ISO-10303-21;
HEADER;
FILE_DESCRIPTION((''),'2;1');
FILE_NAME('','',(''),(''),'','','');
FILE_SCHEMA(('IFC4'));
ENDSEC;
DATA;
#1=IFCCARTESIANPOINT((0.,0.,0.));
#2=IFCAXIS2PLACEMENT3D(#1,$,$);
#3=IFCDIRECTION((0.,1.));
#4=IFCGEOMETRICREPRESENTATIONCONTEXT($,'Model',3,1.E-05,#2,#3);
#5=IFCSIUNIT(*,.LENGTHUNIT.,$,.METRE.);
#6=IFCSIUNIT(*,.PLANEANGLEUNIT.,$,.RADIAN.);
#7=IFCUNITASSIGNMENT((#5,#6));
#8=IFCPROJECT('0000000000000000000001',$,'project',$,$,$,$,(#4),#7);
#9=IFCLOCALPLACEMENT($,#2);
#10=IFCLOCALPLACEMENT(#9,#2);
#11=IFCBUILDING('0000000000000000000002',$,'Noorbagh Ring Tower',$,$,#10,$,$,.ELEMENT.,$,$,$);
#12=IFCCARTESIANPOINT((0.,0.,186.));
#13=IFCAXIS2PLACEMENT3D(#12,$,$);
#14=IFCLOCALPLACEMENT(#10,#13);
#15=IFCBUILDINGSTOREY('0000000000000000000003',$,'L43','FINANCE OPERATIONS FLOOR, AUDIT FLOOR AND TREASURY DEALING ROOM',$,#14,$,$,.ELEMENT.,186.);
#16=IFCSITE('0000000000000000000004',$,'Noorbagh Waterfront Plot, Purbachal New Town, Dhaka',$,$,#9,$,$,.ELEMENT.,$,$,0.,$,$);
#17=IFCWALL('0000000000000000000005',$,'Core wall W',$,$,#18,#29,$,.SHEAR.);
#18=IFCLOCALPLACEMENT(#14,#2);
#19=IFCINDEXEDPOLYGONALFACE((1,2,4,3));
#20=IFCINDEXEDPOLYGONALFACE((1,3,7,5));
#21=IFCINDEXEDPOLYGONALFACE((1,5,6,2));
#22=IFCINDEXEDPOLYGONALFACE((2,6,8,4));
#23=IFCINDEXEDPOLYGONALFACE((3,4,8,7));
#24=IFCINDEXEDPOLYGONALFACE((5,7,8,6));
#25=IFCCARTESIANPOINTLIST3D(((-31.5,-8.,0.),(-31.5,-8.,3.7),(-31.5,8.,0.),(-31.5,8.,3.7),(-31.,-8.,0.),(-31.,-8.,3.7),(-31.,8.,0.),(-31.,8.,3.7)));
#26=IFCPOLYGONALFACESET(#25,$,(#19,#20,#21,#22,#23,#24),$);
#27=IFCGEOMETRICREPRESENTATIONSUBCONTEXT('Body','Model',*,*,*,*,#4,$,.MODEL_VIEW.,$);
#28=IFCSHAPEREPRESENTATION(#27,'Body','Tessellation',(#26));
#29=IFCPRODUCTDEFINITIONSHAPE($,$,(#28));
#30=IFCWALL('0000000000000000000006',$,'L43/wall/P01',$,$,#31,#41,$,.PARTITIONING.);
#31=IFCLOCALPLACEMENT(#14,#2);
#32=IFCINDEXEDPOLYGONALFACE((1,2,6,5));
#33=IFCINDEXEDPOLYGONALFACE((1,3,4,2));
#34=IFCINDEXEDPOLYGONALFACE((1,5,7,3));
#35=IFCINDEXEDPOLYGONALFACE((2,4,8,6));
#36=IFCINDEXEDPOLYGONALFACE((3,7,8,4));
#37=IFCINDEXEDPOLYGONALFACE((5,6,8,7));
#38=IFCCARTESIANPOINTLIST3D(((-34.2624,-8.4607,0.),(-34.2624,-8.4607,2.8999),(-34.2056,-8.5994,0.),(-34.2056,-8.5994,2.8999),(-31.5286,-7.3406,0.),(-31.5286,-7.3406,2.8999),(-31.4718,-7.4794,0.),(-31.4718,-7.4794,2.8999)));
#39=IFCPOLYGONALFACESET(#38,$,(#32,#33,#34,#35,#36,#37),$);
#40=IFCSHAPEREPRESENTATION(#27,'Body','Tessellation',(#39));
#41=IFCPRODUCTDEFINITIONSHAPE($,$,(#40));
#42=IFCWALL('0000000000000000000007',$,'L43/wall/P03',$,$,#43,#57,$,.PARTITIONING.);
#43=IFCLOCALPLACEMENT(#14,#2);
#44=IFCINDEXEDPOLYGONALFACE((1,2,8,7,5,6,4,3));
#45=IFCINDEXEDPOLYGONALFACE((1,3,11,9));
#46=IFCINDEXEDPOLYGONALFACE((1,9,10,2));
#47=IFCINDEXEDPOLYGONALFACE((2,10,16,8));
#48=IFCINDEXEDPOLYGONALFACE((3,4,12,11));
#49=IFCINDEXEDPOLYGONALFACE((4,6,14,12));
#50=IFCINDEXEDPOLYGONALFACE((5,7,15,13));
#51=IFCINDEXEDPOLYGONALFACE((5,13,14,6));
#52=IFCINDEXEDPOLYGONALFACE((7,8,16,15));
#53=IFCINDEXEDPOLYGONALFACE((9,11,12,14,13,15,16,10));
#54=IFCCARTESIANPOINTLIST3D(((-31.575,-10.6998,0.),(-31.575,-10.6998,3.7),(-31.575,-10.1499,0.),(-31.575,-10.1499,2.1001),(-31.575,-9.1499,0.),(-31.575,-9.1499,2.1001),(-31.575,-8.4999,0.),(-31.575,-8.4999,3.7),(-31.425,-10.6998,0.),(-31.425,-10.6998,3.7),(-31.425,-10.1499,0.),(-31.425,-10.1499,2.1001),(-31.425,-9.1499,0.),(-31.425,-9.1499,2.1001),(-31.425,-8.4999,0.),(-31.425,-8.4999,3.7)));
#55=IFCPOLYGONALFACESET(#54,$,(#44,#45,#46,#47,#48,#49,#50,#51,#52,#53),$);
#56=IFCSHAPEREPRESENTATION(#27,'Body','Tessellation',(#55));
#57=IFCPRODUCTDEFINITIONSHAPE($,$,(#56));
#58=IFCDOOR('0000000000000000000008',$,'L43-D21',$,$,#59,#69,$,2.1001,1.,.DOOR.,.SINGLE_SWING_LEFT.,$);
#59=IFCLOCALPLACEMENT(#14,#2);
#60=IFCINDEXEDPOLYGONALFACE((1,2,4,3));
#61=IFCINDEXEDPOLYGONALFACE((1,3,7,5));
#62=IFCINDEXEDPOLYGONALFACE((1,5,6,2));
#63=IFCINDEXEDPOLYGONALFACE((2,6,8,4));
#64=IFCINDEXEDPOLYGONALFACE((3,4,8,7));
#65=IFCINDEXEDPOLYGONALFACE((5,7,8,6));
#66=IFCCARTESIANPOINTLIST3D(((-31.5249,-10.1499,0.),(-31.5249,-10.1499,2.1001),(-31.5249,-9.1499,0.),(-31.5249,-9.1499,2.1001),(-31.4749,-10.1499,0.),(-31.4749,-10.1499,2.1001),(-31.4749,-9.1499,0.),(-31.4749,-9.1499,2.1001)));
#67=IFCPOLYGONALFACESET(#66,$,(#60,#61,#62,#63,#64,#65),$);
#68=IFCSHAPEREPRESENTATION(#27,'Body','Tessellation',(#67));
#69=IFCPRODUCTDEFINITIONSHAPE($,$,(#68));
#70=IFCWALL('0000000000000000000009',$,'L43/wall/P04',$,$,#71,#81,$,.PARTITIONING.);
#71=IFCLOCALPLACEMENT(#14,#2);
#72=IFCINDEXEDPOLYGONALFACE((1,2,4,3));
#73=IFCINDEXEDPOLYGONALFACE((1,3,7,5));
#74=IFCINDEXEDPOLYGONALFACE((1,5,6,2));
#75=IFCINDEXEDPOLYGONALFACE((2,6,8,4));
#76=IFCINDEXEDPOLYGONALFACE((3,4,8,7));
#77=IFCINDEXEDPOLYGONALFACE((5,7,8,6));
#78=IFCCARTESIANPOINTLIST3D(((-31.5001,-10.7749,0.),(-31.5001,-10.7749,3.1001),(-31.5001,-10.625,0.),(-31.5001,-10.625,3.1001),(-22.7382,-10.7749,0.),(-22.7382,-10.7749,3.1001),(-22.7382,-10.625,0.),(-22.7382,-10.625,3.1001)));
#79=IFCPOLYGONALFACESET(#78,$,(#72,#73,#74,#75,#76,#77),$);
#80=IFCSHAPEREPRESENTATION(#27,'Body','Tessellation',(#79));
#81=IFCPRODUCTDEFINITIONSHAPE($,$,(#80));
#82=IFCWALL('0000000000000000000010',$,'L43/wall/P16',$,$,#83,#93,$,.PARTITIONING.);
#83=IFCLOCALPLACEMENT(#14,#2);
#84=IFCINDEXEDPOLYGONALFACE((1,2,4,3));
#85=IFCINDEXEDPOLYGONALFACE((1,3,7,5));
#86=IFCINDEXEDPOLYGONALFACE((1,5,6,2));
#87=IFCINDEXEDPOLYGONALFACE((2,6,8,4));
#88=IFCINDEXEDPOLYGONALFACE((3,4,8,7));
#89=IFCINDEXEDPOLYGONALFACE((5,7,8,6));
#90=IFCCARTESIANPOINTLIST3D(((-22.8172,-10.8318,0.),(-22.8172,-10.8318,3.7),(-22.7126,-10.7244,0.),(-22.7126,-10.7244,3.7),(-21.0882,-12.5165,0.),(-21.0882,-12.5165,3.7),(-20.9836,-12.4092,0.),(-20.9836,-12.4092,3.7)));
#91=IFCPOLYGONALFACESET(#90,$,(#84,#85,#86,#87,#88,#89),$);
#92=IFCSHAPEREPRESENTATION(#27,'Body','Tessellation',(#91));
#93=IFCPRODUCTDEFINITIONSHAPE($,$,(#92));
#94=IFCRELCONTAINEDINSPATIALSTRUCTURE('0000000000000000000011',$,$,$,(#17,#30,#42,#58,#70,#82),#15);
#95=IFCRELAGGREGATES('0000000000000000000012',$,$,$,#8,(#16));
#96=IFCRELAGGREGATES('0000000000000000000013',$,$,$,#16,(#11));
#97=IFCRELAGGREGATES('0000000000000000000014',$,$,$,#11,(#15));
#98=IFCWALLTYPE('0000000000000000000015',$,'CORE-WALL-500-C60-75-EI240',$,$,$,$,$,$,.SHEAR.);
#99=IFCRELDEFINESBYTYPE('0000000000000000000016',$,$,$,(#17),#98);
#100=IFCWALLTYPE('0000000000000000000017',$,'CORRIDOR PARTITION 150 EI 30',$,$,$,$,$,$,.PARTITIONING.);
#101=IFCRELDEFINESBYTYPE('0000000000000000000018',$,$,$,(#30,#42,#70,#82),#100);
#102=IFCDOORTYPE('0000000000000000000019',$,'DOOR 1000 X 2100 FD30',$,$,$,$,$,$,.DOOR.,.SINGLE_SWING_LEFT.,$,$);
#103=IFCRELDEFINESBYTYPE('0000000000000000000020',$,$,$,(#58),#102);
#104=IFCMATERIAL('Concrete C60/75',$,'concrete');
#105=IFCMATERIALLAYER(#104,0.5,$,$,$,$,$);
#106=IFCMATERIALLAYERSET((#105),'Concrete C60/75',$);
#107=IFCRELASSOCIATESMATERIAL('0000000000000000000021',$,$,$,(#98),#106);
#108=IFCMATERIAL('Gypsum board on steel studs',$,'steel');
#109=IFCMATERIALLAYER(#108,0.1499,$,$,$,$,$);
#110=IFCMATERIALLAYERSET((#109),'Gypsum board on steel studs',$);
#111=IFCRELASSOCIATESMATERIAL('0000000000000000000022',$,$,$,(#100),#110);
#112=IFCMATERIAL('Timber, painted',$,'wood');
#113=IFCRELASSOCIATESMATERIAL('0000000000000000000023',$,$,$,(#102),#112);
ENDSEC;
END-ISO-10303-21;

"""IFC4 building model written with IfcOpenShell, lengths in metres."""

from ifc_helpers import new_model, si_unit, direction, frame, frame_2d, origin, place, context, subcontext, project, spatial, rectangle, extrude, material, layer, layer_set, type_object, element, fill, save


model = new_model("IFC4")

# Units and contexts
model_context = context("Model", 3, precision=1e-05, world=origin(), true_north=direction((0.0, 1.0)))
body_context = subcontext(model_context, "Body", "Model", "MODEL_VIEW")
ifc_project = project(units=[si_unit("LENGTHUNIT", "METRE"), si_unit("PLANEANGLEUNIT", "RADIAN")], contexts=[model_context])

# Site, building, storey
site_placement = place(None, origin())
site = spatial("IfcSite", under=ifc_project, at=site_placement, Name="Noorbagh Waterfront Plot, Purbachal New Town, Dhaka", CompositionType="ELEMENT", RefElevation=0.0)
building_placement = place(site_placement, origin())
building = spatial("IfcBuilding", under=site, at=building_placement, Name="Noorbagh Ring Tower", CompositionType="ELEMENT")
storey_placement = place(building_placement, frame((0.0, 0.0, 186.0)))
storey = spatial("IfcBuildingStorey", under=building, at=storey_placement, Name="L43", Description="FINANCE OPERATIONS FLOOR, AUDIT FLOOR AND TREASURY DEALING ROOM", CompositionType="ELEMENT", Elevation=186.0)

# Walls
ifc_material_1 = material(Name="Concrete C60/75", Category="concrete")
ifc_layer_1 = layer(ifc_material_1, 0.5)
ifc_layer_set_1 = layer_set([ifc_layer_1], Name="Concrete C60/75")
wall_type_1 = type_object("IfcWallType", Name="CORE-WALL-500-C60-75-EI240", PredefinedType="SHEAR", material=ifc_layer_set_1)
wall_1_placement = place(storey_placement, frame((-31.25, -8.0, 0.0), z_axis=(0.0, 0.0, 1.0), x_axis=(0.0, 1.0, 0.0)))
element("IfcWall", 1, at=wall_1_placement, inside=storey, type_object=wall_type_1, Name="Core wall W", PredefinedType="SHEAR", context=body_context, shape_type="SweptSolid", body=[
    extrude(rectangle(XDim=16.0, YDim=0.5, at=frame_2d((8.0, 0.0))), origin(), (0.0, 0.0, 1.0), 3.7),
])
ifc_material_2 = material(Name="Gypsum board on steel studs", Category="steel")
ifc_layer_2 = layer(ifc_material_2, 0.1499)
ifc_layer_set_2 = layer_set([ifc_layer_2], Name="Gypsum board on steel studs")
wall_type_2 = type_object("IfcWallType", Name="CORRIDOR PARTITION 150 EI 30", PredefinedType="PARTITIONING", material=ifc_layer_set_2)
wall_2_placement = place(storey_placement, frame((-34.2339, -8.53, 0.0), z_axis=(0.0, 0.0, 1.0), x_axis=(0.925344, 0.379128, 0.0)))
element("IfcWall", 2, at=wall_2_placement, inside=storey, type_object=wall_type_2, Name="L43/wall/P01", PredefinedType="PARTITIONING", context=body_context, shape_type="SweptSolid", body=[
    extrude(rectangle(XDim=2.9543, YDim=0.1499, at=frame_2d((1.4771, 0.0))), origin(), (0.0, 0.0, 1.0), 2.8999),
])

# Wall, opening, door
wall_3_placement = place(storey_placement, frame((-31.5, -10.7, 0.0), z_axis=(0.0, 0.0, 1.0), x_axis=(0.0, 1.0, 0.0)))
wall_3 = element("IfcWall", 3, at=wall_3_placement, inside=storey, type_object=wall_type_2, Name="L43/wall/P03", PredefinedType="PARTITIONING", context=body_context, shape_type="SweptSolid", body=[
    extrude(rectangle(XDim=2.2, YDim=0.1499, at=frame_2d((1.1001, 0.0))), origin(), (0.0, 0.0, 1.0), 3.7),
])
opening_1_placement = place(wall_3_placement, frame((0.55, 0.0, 0.0)))
opening_1 = element("IfcOpeningElement", 4, at=opening_1_placement, cuts=wall_3, PredefinedType="OPENING", context=body_context, shape_type="SweptSolid", body=[
    extrude(rectangle(XDim=1.0, YDim=2.1001, at=frame_2d((0.5, 1.05))), frame((0.0, 0.085, 0.0), z_axis=(0.0, -1.0, 0.0), x_axis=(1.0, 0.0, 0.0)), (0.0, 0.0, 1.0), 0.1699),
])
ifc_material_3 = material(Name="Timber, painted", Category="wood")
door_type_1 = type_object("IfcDoorType", Name="DOOR 1000 X 2100 FD30", OperationType="SINGLE_SWING_LEFT", PredefinedType="DOOR", material=ifc_material_3)
door_1_placement = place(opening_1_placement, origin())
door_1 = element("IfcDoor", 5, at=door_1_placement, inside=storey, type_object=door_type_1, Name="L43-D21", OperationType="SINGLE_SWING_LEFT", OverallHeight=2.1001, OverallWidth=1.0, PredefinedType="DOOR", context=body_context, shape_type="SweptSolid", body=[
    extrude(rectangle(XDim=1.0, YDim=2.1001, at=frame_2d((0.5, 1.05))), frame((0.0, 0.0249, 0.0), z_axis=(0.0, -1.0, 0.0), x_axis=(1.0, 0.0, 0.0)), (0.0, 0.0, 1.0), 0.05),
])
fill(opening_1, door_1)

# Walls
wall_4_placement = place(storey_placement, frame((-31.5, -10.7, 0.0), z_axis=(0.0, 0.0, 1.0), x_axis=(1.0, 0.0, 0.0)))
element("IfcWall", 6, at=wall_4_placement, inside=storey, type_object=wall_type_2, Name="L43/wall/P04", PredefinedType="PARTITIONING", context=body_context, shape_type="SweptSolid", body=[
    extrude(rectangle(XDim=8.762, YDim=0.1499, at=frame_2d((4.3809, 0.0))), origin(), (0.0, 0.0, 1.0), 3.1001),
])
wall_5_placement = place(storey_placement, frame((-22.7649, -10.7781, 0.0), z_axis=(0.0, 0.0, 1.0), x_axis=(0.7162, -0.697895, 0.0)))
element("IfcWall", 7, at=wall_5_placement, inside=storey, type_object=wall_type_2, Name="L43/wall/P16", PredefinedType="PARTITIONING", context=body_context, shape_type="SweptSolid", body=[
    extrude(rectangle(XDim=2.4141, YDim=0.1499, at=frame_2d((1.207, 0.0))), origin(), (0.0, 0.0, 1.0), 3.7),
])

save(model, "model.ifc")
